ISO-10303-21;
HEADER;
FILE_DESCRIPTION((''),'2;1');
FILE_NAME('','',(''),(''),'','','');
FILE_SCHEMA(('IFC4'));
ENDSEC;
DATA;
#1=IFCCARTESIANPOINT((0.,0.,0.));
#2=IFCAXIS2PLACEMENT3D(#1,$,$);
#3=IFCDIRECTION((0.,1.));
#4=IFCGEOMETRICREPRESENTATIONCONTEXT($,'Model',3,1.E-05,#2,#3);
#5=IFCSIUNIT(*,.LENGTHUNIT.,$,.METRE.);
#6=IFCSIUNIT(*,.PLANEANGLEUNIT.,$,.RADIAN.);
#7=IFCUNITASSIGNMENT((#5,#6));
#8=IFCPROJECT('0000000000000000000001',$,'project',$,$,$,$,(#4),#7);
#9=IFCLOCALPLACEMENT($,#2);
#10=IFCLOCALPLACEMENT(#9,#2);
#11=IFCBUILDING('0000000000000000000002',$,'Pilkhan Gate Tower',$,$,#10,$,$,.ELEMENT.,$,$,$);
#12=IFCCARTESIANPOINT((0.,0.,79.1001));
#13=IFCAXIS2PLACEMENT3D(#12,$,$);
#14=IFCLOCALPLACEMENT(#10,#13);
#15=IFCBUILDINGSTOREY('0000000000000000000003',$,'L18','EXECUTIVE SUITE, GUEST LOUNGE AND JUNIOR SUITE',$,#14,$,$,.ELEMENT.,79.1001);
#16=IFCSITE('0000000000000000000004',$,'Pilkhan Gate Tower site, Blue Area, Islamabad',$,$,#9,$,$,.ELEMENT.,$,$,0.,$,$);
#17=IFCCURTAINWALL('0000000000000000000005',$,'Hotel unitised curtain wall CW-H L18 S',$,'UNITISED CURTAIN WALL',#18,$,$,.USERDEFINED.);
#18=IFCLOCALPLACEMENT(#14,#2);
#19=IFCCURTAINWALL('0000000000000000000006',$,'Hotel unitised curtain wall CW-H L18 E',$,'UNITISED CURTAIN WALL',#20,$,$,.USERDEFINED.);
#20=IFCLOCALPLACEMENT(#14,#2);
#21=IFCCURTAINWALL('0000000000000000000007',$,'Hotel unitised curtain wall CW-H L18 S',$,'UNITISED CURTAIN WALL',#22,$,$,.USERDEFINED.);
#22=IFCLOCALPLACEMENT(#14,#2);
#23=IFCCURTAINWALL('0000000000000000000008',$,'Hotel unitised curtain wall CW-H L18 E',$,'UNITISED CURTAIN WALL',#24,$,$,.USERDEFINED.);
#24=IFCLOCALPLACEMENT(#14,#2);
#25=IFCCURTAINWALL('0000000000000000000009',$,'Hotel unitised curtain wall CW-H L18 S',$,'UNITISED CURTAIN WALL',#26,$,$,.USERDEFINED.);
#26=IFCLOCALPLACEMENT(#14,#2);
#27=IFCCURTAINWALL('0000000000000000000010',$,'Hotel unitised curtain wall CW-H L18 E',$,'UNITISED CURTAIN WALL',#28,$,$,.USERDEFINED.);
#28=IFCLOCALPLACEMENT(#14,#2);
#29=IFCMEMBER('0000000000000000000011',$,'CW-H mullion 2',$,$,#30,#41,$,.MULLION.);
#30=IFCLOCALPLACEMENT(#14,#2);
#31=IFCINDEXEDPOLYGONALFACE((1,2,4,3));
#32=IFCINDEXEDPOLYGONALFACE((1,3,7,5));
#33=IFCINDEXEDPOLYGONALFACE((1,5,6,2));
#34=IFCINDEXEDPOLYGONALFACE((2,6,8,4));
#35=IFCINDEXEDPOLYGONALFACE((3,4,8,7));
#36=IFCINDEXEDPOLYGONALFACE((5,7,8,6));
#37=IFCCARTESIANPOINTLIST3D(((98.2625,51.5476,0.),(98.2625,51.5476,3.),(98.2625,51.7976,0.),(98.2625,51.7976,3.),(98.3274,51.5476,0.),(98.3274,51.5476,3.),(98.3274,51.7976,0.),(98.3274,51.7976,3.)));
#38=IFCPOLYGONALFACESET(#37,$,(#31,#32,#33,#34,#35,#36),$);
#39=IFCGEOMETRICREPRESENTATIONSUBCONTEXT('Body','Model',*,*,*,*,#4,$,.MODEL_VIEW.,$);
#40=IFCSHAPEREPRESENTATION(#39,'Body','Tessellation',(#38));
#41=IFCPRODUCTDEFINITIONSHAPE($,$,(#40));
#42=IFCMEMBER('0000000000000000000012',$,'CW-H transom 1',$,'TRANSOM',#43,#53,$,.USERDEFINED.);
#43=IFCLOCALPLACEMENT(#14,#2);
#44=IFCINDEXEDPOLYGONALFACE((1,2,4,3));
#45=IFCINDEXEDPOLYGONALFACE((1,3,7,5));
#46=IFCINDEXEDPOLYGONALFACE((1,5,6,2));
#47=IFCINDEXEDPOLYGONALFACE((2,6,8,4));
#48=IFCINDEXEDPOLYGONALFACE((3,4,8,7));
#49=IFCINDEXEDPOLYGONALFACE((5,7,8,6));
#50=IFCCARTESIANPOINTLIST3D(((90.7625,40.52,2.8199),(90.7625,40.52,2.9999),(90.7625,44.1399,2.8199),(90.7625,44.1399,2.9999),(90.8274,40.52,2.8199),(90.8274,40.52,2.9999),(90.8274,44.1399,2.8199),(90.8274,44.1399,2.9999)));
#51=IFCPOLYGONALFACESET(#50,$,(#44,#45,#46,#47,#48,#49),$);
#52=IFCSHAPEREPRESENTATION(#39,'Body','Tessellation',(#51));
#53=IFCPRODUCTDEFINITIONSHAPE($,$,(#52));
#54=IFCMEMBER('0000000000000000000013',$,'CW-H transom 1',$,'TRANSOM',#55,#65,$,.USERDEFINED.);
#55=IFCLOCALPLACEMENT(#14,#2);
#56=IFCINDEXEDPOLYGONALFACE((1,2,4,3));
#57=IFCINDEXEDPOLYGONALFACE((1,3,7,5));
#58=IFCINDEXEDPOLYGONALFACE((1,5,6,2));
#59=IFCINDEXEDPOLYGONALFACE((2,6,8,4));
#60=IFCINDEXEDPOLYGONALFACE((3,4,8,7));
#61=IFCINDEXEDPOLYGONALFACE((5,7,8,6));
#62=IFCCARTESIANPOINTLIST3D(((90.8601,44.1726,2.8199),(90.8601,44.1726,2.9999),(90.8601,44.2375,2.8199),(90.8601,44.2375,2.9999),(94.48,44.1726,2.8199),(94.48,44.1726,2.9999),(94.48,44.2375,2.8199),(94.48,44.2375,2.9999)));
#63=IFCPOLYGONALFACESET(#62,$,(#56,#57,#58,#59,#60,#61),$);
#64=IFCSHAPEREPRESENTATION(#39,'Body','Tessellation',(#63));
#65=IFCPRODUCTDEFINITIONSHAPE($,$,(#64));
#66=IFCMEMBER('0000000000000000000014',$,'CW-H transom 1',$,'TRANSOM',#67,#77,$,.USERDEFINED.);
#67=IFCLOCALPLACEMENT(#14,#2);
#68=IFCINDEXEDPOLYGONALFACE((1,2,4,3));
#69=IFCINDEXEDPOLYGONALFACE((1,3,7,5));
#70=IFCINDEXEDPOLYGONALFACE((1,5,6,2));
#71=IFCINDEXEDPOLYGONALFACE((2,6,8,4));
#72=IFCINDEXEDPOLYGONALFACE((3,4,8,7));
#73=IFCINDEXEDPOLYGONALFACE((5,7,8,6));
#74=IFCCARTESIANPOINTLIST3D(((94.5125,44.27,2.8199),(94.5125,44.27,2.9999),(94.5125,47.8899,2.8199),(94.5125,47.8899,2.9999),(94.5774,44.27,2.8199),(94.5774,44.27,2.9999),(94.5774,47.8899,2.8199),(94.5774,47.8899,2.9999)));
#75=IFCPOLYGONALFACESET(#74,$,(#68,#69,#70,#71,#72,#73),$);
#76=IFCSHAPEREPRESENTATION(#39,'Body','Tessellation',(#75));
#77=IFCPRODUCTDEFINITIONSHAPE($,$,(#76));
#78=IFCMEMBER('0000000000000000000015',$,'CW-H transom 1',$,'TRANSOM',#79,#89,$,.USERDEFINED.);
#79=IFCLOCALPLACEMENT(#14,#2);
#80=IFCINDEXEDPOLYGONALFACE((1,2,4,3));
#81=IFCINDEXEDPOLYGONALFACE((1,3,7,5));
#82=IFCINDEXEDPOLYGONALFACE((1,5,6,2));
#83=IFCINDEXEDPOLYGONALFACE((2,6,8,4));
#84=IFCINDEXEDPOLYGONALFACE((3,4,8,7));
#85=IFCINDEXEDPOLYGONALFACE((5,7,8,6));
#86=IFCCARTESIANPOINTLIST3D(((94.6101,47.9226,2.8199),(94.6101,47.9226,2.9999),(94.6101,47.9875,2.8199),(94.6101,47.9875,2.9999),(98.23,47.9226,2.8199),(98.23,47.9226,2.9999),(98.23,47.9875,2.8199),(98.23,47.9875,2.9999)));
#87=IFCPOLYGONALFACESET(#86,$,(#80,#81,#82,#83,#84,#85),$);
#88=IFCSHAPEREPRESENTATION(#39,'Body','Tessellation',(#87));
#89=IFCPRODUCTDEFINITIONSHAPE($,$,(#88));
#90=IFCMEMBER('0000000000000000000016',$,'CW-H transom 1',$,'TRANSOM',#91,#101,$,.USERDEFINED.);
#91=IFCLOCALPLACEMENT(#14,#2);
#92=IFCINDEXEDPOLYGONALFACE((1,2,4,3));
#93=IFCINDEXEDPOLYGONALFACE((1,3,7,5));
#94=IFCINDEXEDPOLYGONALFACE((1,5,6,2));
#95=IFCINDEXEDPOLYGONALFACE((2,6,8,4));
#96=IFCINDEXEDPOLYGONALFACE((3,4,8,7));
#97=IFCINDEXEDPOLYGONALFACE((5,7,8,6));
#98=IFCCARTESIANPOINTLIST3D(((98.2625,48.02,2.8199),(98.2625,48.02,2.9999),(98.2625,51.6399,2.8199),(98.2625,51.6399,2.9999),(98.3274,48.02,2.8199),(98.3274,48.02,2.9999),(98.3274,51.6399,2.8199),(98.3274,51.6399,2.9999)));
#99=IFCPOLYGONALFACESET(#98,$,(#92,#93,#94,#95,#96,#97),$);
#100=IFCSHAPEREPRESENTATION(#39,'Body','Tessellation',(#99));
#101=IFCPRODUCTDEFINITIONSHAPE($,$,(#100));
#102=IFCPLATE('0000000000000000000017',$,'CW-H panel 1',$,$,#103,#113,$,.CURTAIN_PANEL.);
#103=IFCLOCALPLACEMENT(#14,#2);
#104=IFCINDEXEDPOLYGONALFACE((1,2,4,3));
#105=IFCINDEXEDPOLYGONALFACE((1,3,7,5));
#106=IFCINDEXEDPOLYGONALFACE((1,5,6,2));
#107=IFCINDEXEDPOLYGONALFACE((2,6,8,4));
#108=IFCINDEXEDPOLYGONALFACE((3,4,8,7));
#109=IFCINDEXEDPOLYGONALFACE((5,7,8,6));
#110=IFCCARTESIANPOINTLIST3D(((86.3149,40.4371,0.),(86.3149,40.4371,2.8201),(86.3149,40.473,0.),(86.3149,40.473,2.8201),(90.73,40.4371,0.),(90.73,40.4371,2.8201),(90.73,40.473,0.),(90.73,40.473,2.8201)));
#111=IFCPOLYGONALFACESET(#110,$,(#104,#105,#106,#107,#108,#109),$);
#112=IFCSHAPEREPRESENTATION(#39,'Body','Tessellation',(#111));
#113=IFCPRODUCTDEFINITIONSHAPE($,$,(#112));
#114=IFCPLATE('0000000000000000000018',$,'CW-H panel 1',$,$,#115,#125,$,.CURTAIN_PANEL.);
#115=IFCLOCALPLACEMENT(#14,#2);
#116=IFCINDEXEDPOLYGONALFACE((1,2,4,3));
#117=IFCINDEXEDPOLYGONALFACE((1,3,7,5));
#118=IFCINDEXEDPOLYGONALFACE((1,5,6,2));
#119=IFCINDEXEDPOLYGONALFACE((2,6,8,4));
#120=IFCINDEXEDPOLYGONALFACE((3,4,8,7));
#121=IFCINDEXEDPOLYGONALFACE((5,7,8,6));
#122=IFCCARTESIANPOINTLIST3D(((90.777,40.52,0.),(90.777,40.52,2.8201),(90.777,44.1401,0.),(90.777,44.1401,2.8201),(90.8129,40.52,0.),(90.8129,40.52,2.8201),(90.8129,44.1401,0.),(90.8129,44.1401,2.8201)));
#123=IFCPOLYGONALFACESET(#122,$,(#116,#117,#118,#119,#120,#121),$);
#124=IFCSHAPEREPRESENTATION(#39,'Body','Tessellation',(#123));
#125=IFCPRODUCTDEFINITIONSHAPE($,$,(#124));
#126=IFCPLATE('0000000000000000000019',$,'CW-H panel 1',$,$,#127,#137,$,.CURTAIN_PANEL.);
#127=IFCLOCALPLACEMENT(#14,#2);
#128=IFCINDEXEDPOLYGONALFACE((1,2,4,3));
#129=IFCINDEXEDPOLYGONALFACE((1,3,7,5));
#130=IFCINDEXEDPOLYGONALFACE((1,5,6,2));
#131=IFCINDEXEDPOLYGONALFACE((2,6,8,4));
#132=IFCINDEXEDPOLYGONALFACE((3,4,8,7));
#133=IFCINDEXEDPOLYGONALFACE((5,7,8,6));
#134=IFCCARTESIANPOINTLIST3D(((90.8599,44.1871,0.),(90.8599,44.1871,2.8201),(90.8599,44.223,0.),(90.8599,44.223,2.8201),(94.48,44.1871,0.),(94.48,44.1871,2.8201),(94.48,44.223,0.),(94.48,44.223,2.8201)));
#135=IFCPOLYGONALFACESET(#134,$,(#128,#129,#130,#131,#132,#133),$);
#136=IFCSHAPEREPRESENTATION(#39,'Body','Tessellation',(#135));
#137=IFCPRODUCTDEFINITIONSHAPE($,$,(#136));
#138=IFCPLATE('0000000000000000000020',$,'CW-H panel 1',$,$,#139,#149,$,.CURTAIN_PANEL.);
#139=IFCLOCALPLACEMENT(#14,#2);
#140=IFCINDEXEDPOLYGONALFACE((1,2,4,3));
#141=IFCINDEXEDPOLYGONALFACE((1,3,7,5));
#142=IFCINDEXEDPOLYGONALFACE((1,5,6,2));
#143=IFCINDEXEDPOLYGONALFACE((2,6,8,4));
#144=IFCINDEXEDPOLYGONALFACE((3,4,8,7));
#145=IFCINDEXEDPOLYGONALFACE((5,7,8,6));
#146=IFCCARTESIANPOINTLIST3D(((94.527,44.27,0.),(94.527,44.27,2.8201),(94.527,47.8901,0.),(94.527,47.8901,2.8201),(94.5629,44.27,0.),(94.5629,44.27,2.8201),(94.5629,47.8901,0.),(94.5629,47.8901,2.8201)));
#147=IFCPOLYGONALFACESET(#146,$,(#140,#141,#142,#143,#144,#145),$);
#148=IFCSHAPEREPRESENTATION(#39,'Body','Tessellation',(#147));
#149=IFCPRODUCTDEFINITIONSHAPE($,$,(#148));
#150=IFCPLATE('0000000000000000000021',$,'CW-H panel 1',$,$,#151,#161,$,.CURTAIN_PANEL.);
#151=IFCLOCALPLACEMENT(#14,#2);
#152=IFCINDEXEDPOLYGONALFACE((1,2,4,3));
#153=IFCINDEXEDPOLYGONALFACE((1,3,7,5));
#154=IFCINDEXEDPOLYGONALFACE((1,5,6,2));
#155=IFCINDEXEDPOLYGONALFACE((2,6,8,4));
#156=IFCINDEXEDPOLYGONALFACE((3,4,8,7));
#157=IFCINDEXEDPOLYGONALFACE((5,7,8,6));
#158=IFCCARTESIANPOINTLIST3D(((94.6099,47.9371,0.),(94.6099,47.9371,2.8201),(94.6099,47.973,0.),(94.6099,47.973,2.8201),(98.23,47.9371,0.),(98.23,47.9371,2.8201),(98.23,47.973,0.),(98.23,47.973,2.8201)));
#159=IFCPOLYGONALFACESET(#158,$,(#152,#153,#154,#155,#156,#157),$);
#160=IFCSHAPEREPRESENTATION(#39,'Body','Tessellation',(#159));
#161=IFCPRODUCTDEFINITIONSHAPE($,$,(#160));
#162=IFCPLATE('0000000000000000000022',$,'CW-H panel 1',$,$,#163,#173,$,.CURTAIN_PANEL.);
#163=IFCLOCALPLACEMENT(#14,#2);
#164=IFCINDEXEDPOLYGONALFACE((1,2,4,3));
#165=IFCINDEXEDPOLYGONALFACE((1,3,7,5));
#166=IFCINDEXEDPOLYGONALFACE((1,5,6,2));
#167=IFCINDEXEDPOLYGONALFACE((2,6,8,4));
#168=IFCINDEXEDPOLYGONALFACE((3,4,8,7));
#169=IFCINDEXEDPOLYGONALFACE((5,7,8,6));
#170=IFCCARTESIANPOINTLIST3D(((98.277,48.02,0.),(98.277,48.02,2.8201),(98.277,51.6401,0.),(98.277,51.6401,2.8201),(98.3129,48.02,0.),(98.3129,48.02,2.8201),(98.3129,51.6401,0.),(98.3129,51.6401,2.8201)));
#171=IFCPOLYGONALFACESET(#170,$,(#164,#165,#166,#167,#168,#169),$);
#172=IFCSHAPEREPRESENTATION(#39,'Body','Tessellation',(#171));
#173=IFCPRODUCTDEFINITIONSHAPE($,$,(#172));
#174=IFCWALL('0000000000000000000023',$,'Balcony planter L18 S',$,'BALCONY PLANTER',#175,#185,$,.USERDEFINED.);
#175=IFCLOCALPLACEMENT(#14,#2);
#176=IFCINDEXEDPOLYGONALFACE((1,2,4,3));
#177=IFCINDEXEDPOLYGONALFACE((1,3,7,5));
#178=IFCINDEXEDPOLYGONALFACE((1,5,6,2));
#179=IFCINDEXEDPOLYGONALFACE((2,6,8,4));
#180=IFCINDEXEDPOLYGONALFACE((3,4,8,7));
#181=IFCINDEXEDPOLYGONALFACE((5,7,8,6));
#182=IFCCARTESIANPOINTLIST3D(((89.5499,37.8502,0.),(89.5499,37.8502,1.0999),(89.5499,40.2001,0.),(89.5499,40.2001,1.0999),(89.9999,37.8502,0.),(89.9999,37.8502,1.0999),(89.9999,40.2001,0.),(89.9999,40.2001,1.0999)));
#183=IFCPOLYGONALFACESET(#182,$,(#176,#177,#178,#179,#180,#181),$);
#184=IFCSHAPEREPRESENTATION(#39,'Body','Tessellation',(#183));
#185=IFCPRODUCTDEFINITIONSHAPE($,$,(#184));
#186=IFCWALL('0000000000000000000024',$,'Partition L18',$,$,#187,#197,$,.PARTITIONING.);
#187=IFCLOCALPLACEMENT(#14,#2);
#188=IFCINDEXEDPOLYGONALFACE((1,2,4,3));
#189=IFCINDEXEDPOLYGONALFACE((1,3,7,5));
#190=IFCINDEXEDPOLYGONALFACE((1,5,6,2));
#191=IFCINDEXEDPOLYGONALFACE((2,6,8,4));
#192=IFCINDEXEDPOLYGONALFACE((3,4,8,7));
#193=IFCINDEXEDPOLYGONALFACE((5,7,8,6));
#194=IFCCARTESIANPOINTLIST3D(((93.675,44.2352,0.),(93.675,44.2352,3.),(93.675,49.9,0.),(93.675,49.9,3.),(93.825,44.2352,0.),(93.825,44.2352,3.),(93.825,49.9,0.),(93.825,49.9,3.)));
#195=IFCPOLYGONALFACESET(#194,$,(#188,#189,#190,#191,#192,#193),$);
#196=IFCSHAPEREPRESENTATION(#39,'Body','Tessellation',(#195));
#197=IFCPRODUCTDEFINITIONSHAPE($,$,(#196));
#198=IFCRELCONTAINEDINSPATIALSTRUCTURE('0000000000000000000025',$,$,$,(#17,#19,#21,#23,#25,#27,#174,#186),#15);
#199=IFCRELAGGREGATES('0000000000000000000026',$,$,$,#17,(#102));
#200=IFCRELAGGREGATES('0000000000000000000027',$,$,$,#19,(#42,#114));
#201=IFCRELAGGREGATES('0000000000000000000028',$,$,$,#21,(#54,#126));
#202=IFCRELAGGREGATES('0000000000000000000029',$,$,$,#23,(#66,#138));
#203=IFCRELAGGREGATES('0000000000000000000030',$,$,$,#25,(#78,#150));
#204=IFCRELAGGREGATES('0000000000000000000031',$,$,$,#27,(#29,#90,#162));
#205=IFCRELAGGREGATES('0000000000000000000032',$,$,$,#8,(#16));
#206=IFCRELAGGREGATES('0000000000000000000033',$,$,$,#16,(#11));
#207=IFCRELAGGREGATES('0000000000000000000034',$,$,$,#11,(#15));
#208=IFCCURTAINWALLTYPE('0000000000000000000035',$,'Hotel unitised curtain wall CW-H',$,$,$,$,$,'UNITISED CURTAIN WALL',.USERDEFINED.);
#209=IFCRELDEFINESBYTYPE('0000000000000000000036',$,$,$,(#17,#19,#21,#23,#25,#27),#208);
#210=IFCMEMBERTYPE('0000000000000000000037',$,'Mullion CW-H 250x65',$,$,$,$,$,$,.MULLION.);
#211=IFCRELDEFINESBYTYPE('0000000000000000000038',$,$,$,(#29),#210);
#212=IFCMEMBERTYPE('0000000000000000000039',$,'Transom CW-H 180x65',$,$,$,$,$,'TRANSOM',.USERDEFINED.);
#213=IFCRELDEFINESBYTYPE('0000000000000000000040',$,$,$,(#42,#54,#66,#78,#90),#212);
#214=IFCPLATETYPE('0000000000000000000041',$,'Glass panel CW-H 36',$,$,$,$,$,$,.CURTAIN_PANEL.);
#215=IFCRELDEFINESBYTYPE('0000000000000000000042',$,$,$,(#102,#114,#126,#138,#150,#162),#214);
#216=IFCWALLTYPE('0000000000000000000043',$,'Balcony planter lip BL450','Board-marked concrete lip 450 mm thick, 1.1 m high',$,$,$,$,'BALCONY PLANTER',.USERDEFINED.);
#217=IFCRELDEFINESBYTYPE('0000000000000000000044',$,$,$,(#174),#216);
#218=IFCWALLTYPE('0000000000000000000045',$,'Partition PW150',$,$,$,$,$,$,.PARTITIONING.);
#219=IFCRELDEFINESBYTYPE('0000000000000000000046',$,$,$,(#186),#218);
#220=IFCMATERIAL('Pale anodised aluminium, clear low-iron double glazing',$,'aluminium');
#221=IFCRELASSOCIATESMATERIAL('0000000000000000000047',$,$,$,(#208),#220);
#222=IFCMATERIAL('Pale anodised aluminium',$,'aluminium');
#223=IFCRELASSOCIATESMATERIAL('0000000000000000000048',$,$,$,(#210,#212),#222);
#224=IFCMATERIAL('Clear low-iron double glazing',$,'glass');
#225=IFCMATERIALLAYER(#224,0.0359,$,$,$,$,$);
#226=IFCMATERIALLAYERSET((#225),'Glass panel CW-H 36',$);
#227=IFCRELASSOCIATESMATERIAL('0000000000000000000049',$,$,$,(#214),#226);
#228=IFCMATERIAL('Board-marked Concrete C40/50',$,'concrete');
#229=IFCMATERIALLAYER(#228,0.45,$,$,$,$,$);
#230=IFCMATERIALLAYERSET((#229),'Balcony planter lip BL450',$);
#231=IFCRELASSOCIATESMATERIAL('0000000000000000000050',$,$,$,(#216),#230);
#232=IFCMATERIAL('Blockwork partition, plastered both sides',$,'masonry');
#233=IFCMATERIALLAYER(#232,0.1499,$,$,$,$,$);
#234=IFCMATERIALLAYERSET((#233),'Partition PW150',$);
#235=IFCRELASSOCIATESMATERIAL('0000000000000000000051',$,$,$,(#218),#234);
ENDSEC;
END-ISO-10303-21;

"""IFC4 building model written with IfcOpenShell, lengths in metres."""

from ifc_helpers import new_model, si_unit, direction, frame, frame_2d, origin, origin_2d, place, context, subcontext, project, spatial, rectangle, extrude, material, layer, layer_set, material_profile, profile_set, type_object, element, aggregate, save


model = new_model("IFC4")

# Units and contexts
model_context = context("Model", 3, precision=1e-05, world=origin(), true_north=direction((0.0, 1.0)))
body_context = subcontext(model_context, "Body", "Model", "MODEL_VIEW")
ifc_project = project(units=[si_unit("LENGTHUNIT", "METRE"), si_unit("PLANEANGLEUNIT", "RADIAN")], contexts=[model_context])

# Site, building, storey
site_placement = place(None, origin())
site = spatial("IfcSite", under=ifc_project, at=site_placement, Name="Pilkhan Gate Tower site, Blue Area, Islamabad", CompositionType="ELEMENT", RefElevation=0.0)
building_placement = place(site_placement, origin())
building = spatial("IfcBuilding", under=site, at=building_placement, Name="Pilkhan Gate Tower", CompositionType="ELEMENT")
storey_placement = place(building_placement, frame((0.0, 0.0, 79.1001)))
storey = spatial("IfcBuildingStorey", under=building, at=storey_placement, Name="L18", Description="EXECUTIVE SUITE, GUEST LOUNGE AND JUNIOR SUITE", CompositionType="ELEMENT", Elevation=79.1001)

# Curtain wall
ifc_material_1 = material(Name="Pale anodised aluminium, clear low-iron double glazing", Category="aluminium")
curtain_wall_type = type_object("IfcCurtainWallType", Name="Hotel unitised curtain wall CW-H", ElementType="UNITISED CURTAIN WALL", PredefinedType="USERDEFINED", material=ifc_material_1)
curtain_wall_1_placement = place(storey_placement, origin())
curtain_wall_1 = element("IfcCurtainWall", 1, at=curtain_wall_1_placement, inside=storey, type_object=curtain_wall_type, Name="Hotel unitised curtain wall CW-H L18 S", ObjectType="UNITISED CURTAIN WALL", PredefinedType="USERDEFINED")
ifc_material_2 = material(Name="Pale anodised aluminium", Category="aluminium")
ifc_material_profile_1 = material_profile(ifc_material_2, rectangle(XDim=0.0649, YDim=0.25, at=origin_2d()), Name="Mullion 250x65")
ifc_profile_set_1 = profile_set([ifc_material_profile_1], Name="Pale anodised aluminium")
member_type_1 = type_object("IfcMemberType", Name="Mullion CW-H 250x65", PredefinedType="MULLION", material=ifc_profile_set_1)

# Curtain walls, member
curtain_wall_2_placement = place(storey_placement, origin())
curtain_wall_2 = element("IfcCurtainWall", 2, at=curtain_wall_2_placement, inside=storey, type_object=curtain_wall_type, Name="Hotel unitised curtain wall CW-H L18 E", ObjectType="UNITISED CURTAIN WALL", PredefinedType="USERDEFINED")
curtain_wall_3_placement = place(storey_placement, origin())
curtain_wall_3 = element("IfcCurtainWall", 3, at=curtain_wall_3_placement, inside=storey, type_object=curtain_wall_type, Name="Hotel unitised curtain wall CW-H L18 S", ObjectType="UNITISED CURTAIN WALL", PredefinedType="USERDEFINED")
curtain_wall_4_placement = place(storey_placement, origin())
curtain_wall_4 = element("IfcCurtainWall", 4, at=curtain_wall_4_placement, inside=storey, type_object=curtain_wall_type, Name="Hotel unitised curtain wall CW-H L18 E", ObjectType="UNITISED CURTAIN WALL", PredefinedType="USERDEFINED")
curtain_wall_5_placement = place(storey_placement, origin())
curtain_wall_5 = element("IfcCurtainWall", 5, at=curtain_wall_5_placement, inside=storey, type_object=curtain_wall_type, Name="Hotel unitised curtain wall CW-H L18 S", ObjectType="UNITISED CURTAIN WALL", PredefinedType="USERDEFINED")
curtain_wall_6_placement = place(storey_placement, origin())
curtain_wall_6 = element("IfcCurtainWall", 6, at=curtain_wall_6_placement, inside=storey, type_object=curtain_wall_type, Name="Hotel unitised curtain wall CW-H L18 E", ObjectType="UNITISED CURTAIN WALL", PredefinedType="USERDEFINED")
member_1_placement = place(storey_placement, frame((98.2949, 51.6726, 0.0), z_axis=(0.0, 0.0, 1.0), x_axis=(-1.0, 0.0, 0.0)))
member_1 = element("IfcMember", 7, at=member_1_placement, type_object=member_type_1, Name="CW-H mullion 2", PredefinedType="MULLION", context=body_context, shape_type="SweptSolid", body=[
    extrude(rectangle(XDim=0.0649, YDim=0.25, at=origin_2d()), origin(), (0.0, 0.0, 1.0), 3.0),
])

# Members
ifc_material_profile_2 = material_profile(ifc_material_2, rectangle(XDim=0.0649, YDim=0.1799, at=origin_2d()), Name="Transom 180x65")
ifc_profile_set_2 = profile_set([ifc_material_profile_2], Name="Pale anodised aluminium")
member_type_2 = type_object("IfcMemberType", Name="Transom CW-H 180x65", ElementType="TRANSOM", PredefinedType="USERDEFINED", material=ifc_profile_set_2)
member_2_placement = place(storey_placement, frame((90.7949, 40.52, 2.9099), z_axis=(0.0, 1.0, 0.0), x_axis=(-1.0, 0.0, 0.0)))
member_2 = element("IfcMember", 8, at=member_2_placement, type_object=member_type_2, Name="CW-H transom 1", ObjectType="TRANSOM", PredefinedType="USERDEFINED", context=body_context, shape_type="SweptSolid", body=[
    extrude(rectangle(XDim=0.0649, YDim=0.1799, at=origin_2d()), origin(), (0.0, 0.0, 1.0), 3.6199),
])
member_3_placement = place(storey_placement, frame((90.8601, 44.2051, 2.9099), z_axis=(1.0, 0.0, 0.0), x_axis=(0.0, 1.0, 0.0)))
member_3 = element("IfcMember", 9, at=member_3_placement, type_object=member_type_2, Name="CW-H transom 1", ObjectType="TRANSOM", PredefinedType="USERDEFINED", context=body_context, shape_type="SweptSolid", body=[
    extrude(rectangle(XDim=0.0649, YDim=0.1799, at=origin_2d()), origin(), (0.0, 0.0, 1.0), 3.6199),
])
member_4_placement = place(storey_placement, frame((94.5449, 44.27, 2.9099), z_axis=(0.0, 1.0, 0.0), x_axis=(-1.0, 0.0, 0.0)))
member_4 = element("IfcMember", 10, at=member_4_placement, type_object=member_type_2, Name="CW-H transom 1", ObjectType="TRANSOM", PredefinedType="USERDEFINED", context=body_context, shape_type="SweptSolid", body=[
    extrude(rectangle(XDim=0.0649, YDim=0.1799, at=origin_2d()), origin(), (0.0, 0.0, 1.0), 3.6199),
])
member_5_placement = place(storey_placement, frame((94.6101, 47.9551, 2.9099), z_axis=(1.0, 0.0, 0.0), x_axis=(0.0, 1.0, 0.0)))
member_5 = element("IfcMember", 11, at=member_5_placement, type_object=member_type_2, Name="CW-H transom 1", ObjectType="TRANSOM", PredefinedType="USERDEFINED", context=body_context, shape_type="SweptSolid", body=[
    extrude(rectangle(XDim=0.0649, YDim=0.1799, at=origin_2d()), origin(), (0.0, 0.0, 1.0), 3.6199),
])
member_6_placement = place(storey_placement, frame((98.2949, 48.02, 2.9099), z_axis=(0.0, 1.0, 0.0), x_axis=(-1.0, 0.0, 0.0)))
member_6 = element("IfcMember", 12, at=member_6_placement, type_object=member_type_2, Name="CW-H transom 1", ObjectType="TRANSOM", PredefinedType="USERDEFINED", context=body_context, shape_type="SweptSolid", body=[
    extrude(rectangle(XDim=0.0649, YDim=0.1799, at=origin_2d()), origin(), (0.0, 0.0, 1.0), 3.6199),
])

# Plates
ifc_material_3 = material(Name="Clear low-iron double glazing", Category="glass")
ifc_layer_1 = layer(ifc_material_3, 0.0359)
ifc_layer_set_1 = layer_set([ifc_layer_1], Name="Glass panel CW-H 36")
plate_type = type_object("IfcPlateType", Name="Glass panel CW-H 36", PredefinedType="CURTAIN_PANEL", material=ifc_layer_set_1)
plate_1_placement = place(storey_placement, frame((88.5225, 40.4551, 0.0), z_axis=(0.0, 0.0, 1.0), x_axis=(1.0, 0.0, 0.0)))
plate_1 = element("IfcPlate", 13, at=plate_1_placement, type_object=plate_type, Name="CW-H panel 1", PredefinedType="CURTAIN_PANEL", context=body_context, shape_type="SweptSolid", body=[
    extrude(rectangle(XDim=4.415, YDim=0.0359, at=origin_2d()), origin(), (0.0, 0.0, 1.0), 2.8201),
])
aggregate(curtain_wall_1, [plate_1])
plate_2_placement = place(storey_placement, frame((90.7949, 42.3301, 0.0), z_axis=(0.0, 0.0, 1.0), x_axis=(0.0, 1.0, 0.0)))
plate_2 = element("IfcPlate", 14, at=plate_2_placement, type_object=plate_type, Name="CW-H panel 1", PredefinedType="CURTAIN_PANEL", context=body_context, shape_type="SweptSolid", body=[
    extrude(rectangle(XDim=3.6201, YDim=0.0359, at=origin_2d()), origin(), (0.0, 0.0, 1.0), 2.8201),
])
aggregate(curtain_wall_2, [member_2, plate_2])
plate_3_placement = place(storey_placement, frame((92.6699, 44.2051, 0.0), z_axis=(0.0, 0.0, 1.0), x_axis=(1.0, 0.0, 0.0)))
plate_3 = element("IfcPlate", 15, at=plate_3_placement, type_object=plate_type, Name="CW-H panel 1", PredefinedType="CURTAIN_PANEL", context=body_context, shape_type="SweptSolid", body=[
    extrude(rectangle(XDim=3.6201, YDim=0.0359, at=origin_2d()), origin(), (0.0, 0.0, 1.0), 2.8201),
])
aggregate(curtain_wall_3, [member_3, plate_3])
plate_4_placement = place(storey_placement, frame((94.5449, 46.0801, 0.0), z_axis=(0.0, 0.0, 1.0), x_axis=(0.0, 1.0, 0.0)))
plate_4 = element("IfcPlate", 16, at=plate_4_placement, type_object=plate_type, Name="CW-H panel 1", PredefinedType="CURTAIN_PANEL", context=body_context, shape_type="SweptSolid", body=[
    extrude(rectangle(XDim=3.6201, YDim=0.0359, at=origin_2d()), origin(), (0.0, 0.0, 1.0), 2.8201),
])
aggregate(curtain_wall_4, [member_4, plate_4])
plate_5_placement = place(storey_placement, frame((96.4199, 47.9551, 0.0), z_axis=(0.0, 0.0, 1.0), x_axis=(1.0, 0.0, 0.0)))
plate_5 = element("IfcPlate", 17, at=plate_5_placement, type_object=plate_type, Name="CW-H panel 1", PredefinedType="CURTAIN_PANEL", context=body_context, shape_type="SweptSolid", body=[
    extrude(rectangle(XDim=3.6201, YDim=0.0359, at=origin_2d()), origin(), (0.0, 0.0, 1.0), 2.8201),
])
aggregate(curtain_wall_5, [member_5, plate_5])
plate_6_placement = place(storey_placement, frame((98.2949, 49.8301, 0.0), z_axis=(0.0, 0.0, 1.0), x_axis=(0.0, 1.0, 0.0)))
plate_6 = element("IfcPlate", 18, at=plate_6_placement, type_object=plate_type, Name="CW-H panel 1", PredefinedType="CURTAIN_PANEL", context=body_context, shape_type="SweptSolid", body=[
    extrude(rectangle(XDim=3.6201, YDim=0.0359, at=origin_2d()), origin(), (0.0, 0.0, 1.0), 2.8201),
])
aggregate(curtain_wall_6, [member_1, member_6, plate_6])

# Walls
ifc_material_4 = material(Name="Board-marked Concrete C40/50", Category="concrete")
ifc_layer_2 = layer(ifc_material_4, 0.45)
ifc_layer_set_2 = layer_set([ifc_layer_2], Name="Balcony planter lip BL450")
wall_type_1 = type_object("IfcWallType", Name="Balcony planter lip BL450", Description="Board-marked concrete lip 450 mm thick, 1.1 m high", ElementType="BALCONY PLANTER", PredefinedType="USERDEFINED", material=ifc_layer_set_2)
wall_1_placement = place(storey_placement, frame((89.7749, 40.2, 0.0), z_axis=(0.0, 0.0, 1.0), x_axis=(0.0, -1.0, 0.0)))
element("IfcWall", 19, at=wall_1_placement, inside=storey, type_object=wall_type_1, Name="Balcony planter L18 S", ObjectType="BALCONY PLANTER", PredefinedType="USERDEFINED", context=body_context, shape_type="SweptSolid", body=[
    extrude(rectangle(XDim=2.3499, YDim=0.45, at=frame_2d((1.1748, 0.0))), origin(), (0.0, 0.0, 1.0), 1.0999),
])
ifc_material_5 = material(Name="Blockwork partition, plastered both sides", Category="masonry")
ifc_layer_3 = layer(ifc_material_5, 0.1499)
ifc_layer_set_3 = layer_set([ifc_layer_3], Name="Partition PW150")
wall_type_2 = type_object("IfcWallType", Name="Partition PW150", PredefinedType="PARTITIONING", material=ifc_layer_set_3)
wall_2_placement = place(storey_placement, frame((93.75, 44.2351, 0.0), z_axis=(0.0, 0.0, 1.0), x_axis=(0.0, 1.0, 0.0)))
element("IfcWall", 20, at=wall_2_placement, inside=storey, type_object=wall_type_2, Name="Partition L18", PredefinedType="PARTITIONING", context=body_context, shape_type="SweptSolid", body=[
    extrude(rectangle(XDim=5.6648, YDim=0.1499, at=frame_2d((2.8325, 0.0))), origin(), (0.0, 0.0, 1.0), 3.0),
])

save(model, "model.ifc")
